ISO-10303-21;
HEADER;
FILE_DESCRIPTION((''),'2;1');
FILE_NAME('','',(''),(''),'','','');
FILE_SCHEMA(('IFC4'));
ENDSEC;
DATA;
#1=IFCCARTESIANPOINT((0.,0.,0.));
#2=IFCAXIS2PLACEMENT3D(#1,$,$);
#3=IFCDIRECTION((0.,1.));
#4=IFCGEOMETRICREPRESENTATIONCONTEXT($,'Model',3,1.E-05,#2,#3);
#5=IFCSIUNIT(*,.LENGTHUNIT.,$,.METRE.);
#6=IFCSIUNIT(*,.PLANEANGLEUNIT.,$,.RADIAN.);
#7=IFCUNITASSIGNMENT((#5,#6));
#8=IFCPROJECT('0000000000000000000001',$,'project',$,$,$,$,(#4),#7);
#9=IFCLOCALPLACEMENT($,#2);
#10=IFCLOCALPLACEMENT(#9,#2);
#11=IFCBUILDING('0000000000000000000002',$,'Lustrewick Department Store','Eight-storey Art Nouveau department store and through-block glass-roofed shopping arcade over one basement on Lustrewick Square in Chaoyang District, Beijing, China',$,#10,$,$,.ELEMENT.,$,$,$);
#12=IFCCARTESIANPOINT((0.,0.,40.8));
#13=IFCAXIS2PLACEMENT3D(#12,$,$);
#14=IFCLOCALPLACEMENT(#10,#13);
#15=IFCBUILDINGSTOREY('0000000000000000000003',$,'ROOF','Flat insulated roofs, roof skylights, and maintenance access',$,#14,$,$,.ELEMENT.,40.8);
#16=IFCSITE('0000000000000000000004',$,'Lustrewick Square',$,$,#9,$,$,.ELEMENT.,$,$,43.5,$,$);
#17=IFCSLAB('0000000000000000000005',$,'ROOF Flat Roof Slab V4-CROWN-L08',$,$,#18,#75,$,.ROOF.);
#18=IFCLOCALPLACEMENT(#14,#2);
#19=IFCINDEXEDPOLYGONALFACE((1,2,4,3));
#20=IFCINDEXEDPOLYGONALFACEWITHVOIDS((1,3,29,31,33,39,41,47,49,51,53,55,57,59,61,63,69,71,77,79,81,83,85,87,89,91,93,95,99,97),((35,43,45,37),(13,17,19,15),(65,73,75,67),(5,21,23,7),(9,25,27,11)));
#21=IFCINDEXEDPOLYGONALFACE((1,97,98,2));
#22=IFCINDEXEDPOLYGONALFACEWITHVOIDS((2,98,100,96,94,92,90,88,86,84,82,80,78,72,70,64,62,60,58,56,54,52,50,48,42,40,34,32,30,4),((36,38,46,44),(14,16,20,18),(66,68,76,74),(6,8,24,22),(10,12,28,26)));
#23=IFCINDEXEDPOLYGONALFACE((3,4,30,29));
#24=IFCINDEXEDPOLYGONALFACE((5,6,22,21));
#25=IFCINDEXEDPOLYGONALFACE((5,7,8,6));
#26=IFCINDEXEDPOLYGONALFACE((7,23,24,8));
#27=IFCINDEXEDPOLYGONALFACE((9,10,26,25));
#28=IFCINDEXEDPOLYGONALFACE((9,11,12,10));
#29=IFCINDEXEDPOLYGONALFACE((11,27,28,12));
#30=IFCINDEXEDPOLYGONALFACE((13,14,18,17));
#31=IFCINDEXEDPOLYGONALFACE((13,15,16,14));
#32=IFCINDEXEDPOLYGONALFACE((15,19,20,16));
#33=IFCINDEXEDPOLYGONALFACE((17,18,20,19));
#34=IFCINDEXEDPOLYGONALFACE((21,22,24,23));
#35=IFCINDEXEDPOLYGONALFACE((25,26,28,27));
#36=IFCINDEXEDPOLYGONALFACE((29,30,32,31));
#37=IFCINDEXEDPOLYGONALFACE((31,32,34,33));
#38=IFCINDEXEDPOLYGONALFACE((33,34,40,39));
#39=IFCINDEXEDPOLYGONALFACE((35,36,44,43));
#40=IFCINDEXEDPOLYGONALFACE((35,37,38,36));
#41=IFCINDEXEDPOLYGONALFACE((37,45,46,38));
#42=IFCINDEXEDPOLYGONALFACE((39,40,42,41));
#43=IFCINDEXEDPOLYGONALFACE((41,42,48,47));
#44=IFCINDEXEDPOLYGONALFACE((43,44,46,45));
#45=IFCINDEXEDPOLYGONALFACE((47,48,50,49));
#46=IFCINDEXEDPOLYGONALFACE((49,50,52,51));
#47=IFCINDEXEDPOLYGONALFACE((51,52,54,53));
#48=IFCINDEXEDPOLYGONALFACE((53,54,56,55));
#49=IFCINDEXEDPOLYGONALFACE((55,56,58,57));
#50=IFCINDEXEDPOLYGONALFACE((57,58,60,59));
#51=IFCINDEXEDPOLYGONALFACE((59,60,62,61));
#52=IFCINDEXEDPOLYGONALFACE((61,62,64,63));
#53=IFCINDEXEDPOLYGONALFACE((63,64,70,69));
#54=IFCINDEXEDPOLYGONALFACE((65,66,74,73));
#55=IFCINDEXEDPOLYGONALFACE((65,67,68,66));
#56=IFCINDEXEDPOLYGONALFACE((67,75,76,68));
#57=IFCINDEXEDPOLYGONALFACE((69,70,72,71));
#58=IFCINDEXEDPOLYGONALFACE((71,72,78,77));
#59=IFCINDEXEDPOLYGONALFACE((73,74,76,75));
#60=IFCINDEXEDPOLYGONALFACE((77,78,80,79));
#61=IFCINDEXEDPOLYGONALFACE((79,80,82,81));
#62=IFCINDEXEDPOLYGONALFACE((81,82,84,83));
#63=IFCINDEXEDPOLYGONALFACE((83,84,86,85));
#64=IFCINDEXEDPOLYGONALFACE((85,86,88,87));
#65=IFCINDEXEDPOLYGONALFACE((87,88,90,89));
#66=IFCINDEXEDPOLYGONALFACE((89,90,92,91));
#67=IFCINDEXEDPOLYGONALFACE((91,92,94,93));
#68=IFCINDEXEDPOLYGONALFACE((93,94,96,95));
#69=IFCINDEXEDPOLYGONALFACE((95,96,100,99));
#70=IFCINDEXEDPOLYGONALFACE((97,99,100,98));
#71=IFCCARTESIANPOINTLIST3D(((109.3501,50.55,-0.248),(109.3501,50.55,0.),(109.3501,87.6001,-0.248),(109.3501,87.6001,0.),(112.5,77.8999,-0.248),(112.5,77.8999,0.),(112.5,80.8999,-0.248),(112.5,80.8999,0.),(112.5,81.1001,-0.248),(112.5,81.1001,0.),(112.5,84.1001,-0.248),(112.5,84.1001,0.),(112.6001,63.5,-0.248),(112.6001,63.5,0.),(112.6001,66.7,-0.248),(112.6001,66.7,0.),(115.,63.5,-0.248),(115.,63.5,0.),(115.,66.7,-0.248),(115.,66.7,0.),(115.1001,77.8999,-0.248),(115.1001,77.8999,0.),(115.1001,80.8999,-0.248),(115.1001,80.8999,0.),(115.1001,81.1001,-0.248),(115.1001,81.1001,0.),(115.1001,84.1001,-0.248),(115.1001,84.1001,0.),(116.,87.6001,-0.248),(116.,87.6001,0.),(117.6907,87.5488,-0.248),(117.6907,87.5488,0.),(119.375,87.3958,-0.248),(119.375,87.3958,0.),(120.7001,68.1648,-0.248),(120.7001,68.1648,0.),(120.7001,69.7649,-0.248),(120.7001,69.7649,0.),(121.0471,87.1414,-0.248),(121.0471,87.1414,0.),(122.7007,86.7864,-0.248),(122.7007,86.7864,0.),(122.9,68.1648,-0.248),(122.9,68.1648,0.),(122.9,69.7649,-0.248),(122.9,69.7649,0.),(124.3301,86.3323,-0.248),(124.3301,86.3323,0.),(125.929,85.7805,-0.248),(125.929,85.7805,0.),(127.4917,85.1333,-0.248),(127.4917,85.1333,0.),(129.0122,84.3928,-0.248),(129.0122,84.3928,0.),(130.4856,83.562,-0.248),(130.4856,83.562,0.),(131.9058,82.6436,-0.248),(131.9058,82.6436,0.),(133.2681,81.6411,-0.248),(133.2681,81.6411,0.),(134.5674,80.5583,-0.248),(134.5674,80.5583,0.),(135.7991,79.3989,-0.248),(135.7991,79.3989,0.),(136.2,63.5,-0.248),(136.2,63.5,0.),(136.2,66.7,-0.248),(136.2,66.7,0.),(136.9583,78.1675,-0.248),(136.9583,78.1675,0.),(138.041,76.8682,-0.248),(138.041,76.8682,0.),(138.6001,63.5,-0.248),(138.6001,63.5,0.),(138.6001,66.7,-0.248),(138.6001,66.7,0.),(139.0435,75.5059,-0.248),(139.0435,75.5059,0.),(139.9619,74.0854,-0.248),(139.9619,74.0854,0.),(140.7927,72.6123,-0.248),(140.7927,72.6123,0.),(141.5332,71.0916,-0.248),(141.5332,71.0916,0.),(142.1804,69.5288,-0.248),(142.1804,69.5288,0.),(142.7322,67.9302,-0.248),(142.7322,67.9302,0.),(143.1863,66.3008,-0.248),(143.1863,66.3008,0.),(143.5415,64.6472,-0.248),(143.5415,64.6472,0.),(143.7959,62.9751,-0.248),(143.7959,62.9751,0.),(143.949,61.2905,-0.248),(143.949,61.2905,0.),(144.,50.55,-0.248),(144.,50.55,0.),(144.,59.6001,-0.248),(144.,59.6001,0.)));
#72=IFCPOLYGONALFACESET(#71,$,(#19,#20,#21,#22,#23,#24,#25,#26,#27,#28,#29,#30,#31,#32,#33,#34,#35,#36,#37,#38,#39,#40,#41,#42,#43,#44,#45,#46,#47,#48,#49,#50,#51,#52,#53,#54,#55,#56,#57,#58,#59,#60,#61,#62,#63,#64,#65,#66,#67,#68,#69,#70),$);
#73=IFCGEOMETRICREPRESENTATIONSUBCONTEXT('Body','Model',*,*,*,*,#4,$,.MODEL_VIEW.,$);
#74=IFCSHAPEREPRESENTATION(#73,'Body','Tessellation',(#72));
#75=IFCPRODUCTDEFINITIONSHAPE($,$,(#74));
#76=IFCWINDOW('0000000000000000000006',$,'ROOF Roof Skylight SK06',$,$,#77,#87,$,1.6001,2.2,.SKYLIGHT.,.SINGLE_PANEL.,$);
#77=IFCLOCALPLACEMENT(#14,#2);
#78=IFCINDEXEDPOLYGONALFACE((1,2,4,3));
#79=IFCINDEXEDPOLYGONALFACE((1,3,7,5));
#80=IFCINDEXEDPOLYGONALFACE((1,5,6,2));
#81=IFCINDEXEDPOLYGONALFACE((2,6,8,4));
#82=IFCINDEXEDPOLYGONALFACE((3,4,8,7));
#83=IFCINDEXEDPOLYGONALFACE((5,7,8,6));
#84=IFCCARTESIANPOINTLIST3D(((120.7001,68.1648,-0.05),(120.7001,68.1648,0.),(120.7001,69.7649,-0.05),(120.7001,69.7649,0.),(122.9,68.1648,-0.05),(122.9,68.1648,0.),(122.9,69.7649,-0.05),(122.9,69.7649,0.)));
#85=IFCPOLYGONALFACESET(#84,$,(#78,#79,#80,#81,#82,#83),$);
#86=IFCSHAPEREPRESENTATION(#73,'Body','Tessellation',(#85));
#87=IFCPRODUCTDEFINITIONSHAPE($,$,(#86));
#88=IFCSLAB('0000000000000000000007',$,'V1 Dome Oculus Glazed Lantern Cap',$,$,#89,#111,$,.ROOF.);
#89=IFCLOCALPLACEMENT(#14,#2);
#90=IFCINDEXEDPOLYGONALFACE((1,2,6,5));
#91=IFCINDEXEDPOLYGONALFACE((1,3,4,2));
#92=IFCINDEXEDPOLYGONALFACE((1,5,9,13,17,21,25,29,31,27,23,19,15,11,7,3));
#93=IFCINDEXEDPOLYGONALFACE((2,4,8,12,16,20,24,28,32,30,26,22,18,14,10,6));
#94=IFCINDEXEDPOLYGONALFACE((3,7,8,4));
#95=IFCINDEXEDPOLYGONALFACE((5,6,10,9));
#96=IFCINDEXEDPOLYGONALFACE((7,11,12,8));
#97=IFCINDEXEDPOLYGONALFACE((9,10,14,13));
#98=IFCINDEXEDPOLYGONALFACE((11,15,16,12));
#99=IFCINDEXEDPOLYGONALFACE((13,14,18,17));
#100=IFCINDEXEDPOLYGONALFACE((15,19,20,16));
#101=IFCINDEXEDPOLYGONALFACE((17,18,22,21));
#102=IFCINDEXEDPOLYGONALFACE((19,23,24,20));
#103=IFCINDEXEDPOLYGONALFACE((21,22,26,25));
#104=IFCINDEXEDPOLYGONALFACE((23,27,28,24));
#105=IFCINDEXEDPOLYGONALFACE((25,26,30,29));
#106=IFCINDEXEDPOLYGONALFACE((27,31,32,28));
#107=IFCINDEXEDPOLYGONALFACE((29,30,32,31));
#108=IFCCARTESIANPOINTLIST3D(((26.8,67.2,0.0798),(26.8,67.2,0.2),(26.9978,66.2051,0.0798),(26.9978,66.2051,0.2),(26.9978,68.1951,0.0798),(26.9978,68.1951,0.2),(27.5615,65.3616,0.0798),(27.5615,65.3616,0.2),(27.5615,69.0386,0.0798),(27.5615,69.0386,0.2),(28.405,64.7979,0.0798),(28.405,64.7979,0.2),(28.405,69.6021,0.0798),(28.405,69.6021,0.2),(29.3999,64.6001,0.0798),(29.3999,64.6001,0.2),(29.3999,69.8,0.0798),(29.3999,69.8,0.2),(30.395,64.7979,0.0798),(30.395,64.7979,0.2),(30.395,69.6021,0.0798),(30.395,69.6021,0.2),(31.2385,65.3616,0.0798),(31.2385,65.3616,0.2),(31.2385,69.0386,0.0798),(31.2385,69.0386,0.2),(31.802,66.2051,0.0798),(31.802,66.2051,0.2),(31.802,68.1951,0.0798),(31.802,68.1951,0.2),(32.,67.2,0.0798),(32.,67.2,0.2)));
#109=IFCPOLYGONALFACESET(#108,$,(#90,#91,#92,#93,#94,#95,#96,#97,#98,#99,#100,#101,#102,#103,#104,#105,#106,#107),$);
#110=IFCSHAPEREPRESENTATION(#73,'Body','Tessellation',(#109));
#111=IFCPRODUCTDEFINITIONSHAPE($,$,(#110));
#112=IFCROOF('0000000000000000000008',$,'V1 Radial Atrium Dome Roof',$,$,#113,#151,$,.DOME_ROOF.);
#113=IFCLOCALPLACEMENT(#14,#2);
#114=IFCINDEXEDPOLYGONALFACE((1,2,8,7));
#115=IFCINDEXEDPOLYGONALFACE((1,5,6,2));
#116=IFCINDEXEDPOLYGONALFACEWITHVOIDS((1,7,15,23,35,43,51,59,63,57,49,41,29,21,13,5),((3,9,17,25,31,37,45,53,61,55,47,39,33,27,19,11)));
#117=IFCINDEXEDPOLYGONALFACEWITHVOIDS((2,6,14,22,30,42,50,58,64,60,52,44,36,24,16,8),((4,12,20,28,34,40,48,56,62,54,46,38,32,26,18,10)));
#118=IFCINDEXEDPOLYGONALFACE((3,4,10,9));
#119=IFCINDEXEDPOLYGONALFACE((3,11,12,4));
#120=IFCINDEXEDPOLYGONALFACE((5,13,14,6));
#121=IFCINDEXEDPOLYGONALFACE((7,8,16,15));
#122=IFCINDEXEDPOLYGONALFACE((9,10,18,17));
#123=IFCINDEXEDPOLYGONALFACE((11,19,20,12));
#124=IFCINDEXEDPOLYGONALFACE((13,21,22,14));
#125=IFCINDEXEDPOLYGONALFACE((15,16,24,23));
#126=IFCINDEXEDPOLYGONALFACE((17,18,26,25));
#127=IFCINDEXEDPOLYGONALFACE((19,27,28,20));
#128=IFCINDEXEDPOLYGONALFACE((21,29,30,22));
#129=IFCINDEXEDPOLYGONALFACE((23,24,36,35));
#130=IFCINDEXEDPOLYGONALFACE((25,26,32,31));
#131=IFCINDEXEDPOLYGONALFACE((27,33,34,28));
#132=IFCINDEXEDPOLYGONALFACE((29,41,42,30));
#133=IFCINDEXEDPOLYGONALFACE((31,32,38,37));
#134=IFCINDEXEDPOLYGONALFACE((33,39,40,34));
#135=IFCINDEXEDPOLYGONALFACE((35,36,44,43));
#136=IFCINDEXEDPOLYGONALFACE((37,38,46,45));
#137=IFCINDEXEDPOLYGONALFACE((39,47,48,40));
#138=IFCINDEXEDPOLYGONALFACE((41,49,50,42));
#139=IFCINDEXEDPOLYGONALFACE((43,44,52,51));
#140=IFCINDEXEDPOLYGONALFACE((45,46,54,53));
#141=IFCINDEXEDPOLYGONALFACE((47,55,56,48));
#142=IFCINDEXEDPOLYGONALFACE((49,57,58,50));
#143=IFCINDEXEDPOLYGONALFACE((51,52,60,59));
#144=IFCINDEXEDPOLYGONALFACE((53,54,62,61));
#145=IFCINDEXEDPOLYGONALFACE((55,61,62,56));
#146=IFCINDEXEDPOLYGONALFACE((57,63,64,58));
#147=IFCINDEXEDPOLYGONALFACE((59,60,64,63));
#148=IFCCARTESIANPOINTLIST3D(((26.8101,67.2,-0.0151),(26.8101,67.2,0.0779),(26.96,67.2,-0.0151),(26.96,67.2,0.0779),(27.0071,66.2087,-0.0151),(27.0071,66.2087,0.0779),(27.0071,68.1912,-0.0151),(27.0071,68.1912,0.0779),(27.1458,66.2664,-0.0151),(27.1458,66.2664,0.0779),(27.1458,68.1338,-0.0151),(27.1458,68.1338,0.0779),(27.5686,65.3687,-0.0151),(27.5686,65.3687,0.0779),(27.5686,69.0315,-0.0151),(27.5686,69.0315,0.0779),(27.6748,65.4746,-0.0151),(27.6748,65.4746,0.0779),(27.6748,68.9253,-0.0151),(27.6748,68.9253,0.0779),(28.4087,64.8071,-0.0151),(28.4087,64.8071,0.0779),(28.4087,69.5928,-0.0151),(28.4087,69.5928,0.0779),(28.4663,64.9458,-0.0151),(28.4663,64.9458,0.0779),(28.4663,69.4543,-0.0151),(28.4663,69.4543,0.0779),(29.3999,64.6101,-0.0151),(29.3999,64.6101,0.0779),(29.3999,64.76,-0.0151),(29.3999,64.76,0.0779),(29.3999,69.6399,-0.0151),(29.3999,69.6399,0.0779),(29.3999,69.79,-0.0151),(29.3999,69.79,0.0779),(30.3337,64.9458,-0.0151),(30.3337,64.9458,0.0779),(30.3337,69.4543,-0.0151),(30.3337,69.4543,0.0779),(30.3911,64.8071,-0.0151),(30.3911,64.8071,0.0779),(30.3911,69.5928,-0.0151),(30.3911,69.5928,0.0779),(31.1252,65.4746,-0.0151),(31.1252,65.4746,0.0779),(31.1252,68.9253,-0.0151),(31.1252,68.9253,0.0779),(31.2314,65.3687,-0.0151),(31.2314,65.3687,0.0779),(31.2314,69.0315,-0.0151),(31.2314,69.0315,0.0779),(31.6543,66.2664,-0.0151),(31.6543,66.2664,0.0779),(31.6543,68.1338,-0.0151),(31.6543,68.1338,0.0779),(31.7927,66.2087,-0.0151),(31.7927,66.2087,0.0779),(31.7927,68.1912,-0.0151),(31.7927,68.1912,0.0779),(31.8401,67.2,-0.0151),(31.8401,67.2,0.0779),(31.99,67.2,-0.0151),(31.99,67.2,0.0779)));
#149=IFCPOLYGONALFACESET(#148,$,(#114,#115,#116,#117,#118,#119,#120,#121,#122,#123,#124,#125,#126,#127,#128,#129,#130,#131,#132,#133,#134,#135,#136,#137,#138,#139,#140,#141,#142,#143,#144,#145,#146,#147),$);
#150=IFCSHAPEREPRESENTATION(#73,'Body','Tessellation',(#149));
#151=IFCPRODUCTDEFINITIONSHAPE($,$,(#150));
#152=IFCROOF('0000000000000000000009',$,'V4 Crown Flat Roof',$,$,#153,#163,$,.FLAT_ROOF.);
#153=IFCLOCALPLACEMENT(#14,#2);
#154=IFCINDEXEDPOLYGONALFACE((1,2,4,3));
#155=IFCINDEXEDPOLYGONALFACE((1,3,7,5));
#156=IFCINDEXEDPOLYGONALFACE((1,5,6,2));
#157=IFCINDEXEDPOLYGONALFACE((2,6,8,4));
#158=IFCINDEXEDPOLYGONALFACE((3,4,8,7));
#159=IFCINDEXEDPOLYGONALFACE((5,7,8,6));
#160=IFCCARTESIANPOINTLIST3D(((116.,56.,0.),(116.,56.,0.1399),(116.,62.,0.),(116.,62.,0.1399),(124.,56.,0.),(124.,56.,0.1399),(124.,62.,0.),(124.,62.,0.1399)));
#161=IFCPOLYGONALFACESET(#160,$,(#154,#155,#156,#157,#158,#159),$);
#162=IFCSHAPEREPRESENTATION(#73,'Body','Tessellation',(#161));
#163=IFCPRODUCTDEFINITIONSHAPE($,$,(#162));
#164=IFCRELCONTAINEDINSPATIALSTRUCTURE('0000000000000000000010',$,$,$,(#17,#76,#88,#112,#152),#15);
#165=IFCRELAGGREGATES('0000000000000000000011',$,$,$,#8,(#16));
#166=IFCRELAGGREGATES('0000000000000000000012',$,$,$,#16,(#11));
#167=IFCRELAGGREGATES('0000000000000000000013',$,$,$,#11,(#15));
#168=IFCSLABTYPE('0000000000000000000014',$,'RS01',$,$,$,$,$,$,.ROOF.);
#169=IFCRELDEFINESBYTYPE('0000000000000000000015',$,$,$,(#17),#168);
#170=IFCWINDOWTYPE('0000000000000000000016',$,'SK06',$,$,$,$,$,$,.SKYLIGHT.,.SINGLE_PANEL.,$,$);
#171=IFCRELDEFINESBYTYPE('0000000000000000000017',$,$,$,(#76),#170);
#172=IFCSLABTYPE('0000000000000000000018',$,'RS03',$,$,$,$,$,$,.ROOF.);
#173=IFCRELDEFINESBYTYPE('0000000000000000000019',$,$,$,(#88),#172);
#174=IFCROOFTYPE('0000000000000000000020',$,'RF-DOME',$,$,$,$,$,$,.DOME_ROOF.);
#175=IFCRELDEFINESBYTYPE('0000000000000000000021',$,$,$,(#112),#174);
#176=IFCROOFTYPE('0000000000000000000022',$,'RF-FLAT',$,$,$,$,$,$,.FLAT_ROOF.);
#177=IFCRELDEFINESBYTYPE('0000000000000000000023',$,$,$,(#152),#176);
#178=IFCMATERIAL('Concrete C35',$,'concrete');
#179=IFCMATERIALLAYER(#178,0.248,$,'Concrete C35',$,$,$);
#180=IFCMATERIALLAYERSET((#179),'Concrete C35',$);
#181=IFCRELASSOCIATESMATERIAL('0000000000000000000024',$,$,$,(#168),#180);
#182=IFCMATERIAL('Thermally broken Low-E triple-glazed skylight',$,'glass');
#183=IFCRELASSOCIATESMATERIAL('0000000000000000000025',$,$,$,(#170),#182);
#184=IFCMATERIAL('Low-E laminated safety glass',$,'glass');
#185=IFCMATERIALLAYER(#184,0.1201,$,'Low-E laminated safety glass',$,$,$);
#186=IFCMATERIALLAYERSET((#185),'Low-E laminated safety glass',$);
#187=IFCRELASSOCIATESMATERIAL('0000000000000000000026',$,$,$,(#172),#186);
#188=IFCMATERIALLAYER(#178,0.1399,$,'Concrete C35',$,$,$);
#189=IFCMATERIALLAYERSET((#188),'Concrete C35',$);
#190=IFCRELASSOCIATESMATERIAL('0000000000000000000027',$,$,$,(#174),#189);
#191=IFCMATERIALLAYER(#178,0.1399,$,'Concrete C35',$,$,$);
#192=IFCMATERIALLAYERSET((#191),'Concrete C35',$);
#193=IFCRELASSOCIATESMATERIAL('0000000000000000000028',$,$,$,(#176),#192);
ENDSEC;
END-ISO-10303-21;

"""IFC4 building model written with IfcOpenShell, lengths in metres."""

from ifc_helpers import new_model, si_unit, direction, frame, origin, origin_2d, place, context, subcontext, project, spatial, polyline, rectangle, outline, extrude, material, layer, layer_set, type_object, element, fill, save


model = new_model("IFC4")

# Units and contexts
model_context = context("Model", 3, precision=1e-05, world=origin(), true_north=direction((0.0, 1.0)))
body_context = subcontext(model_context, "Body", "Model", "MODEL_VIEW")
ifc_project = project(units=[si_unit("LENGTHUNIT", "METRE"), si_unit("PLANEANGLEUNIT", "RADIAN")], contexts=[model_context])

# Site, building, storey
site_placement = place(None, origin())
site = spatial("IfcSite", under=ifc_project, at=site_placement, Name="Lustrewick Square", CompositionType="ELEMENT", RefElevation=43.5)
building_placement = place(site_placement, origin())
building = spatial("IfcBuilding", under=site, at=building_placement, Name="Lustrewick Department Store", Description="Eight-storey Art Nouveau department store and through-block glass-roofed shopping arcade over one basement on Lustrewick Square in Chaoyang District, Beijing, China", CompositionType="ELEMENT")
storey_placement = place(building_placement, frame((0.0, 0.0, 40.8)))
storey = spatial("IfcBuildingStorey", under=building, at=storey_placement, Name="ROOF", Description="Flat insulated roofs, roof skylights, and maintenance access", CompositionType="ELEMENT", Elevation=40.8)

# Slab, opening, window
ifc_material_1 = material(Name="Concrete C35", Category="concrete")
ifc_layer_1 = layer(ifc_material_1, 0.248, Name="Concrete C35")
ifc_layer_set_1 = layer_set([ifc_layer_1], Name="Concrete C35")
slab_type_1 = type_object("IfcSlabType", Name="RS01", PredefinedType="ROOF", material=ifc_layer_set_1)
slab_1_placement = place(storey_placement, frame((0.0, 0.0, -0.248)))
slab_1 = element("IfcSlab", 1, at=slab_1_placement, inside=storey, type_object=slab_type_1, Name="ROOF Flat Roof Slab V4-CROWN-L08", PredefinedType="ROOF", context=body_context, shape_type="SweptSolid", body=[
    extrude(outline(polyline([(109.3501, 50.55), (144.0, 50.55), (144.0, 59.6001), (143.949, 61.2905), (143.7959, 62.9751), (143.5415, 64.6472), (143.1863, 66.3008), (142.7322, 67.9302), (142.1804, 69.5288), (141.5332, 71.0916), (140.7927, 72.6123), (139.9619, 74.0854), (139.0435, 75.5059), (138.041, 76.8682), (136.9583, 78.1675), (135.7991, 79.3989), (134.5674, 80.5583), (133.2681, 81.6411), (131.9058, 82.6436), (130.4856, 83.562), (129.0122, 84.3928), (127.4917, 85.1333), (125.929, 85.7805), (124.3301, 86.3323), (122.7007, 86.7864), (121.0471, 87.1414), (119.375, 87.3958), (117.6907, 87.5488), (116.0, 87.6001), (109.3501, 87.6001), (109.3501, 50.55)]), holes=[polyline([(112.6001, 66.7), (115.0, 66.7), (115.0, 63.5), (112.6001, 63.5), (112.6001, 66.7)]), polyline([(136.2, 66.7), (138.6001, 66.7), (138.6001, 63.5), (136.2, 63.5), (136.2, 66.7)]), polyline([(112.5, 80.8999), (115.1001, 80.8999), (115.1001, 77.8999), (112.5, 77.8999), (112.5, 80.8999)]), polyline([(112.5, 84.1001), (115.1001, 84.1001), (115.1001, 81.1001), (112.5, 81.1001), (112.5, 84.1001)])]), origin(), (0.0, 0.0, 1.0), 0.248),
])
opening_placement = place(slab_1_placement, frame((121.8, 68.9648, -0.01)))
opening = element("IfcOpeningElement", 2, at=opening_placement, cuts=slab_1, PredefinedType="OPENING", context=body_context, shape_type="SweptSolid", body=[
    extrude(rectangle(XDim=2.2, YDim=1.6001, at=origin_2d()), origin(), (0.0, 0.0, 1.0), 0.2681),
])
ifc_material_2 = material(Name="Thermally broken Low-E triple-glazed skylight", Category="glass")
window_type = type_object("IfcWindowType", Name="SK06", PartitioningType="SINGLE_PANEL", PredefinedType="SKYLIGHT", material=ifc_material_2)
window_placement = place(opening_placement, frame((0.0, 0.0, 0.208)))
window = element("IfcWindow", 3, at=window_placement, inside=storey, type_object=window_type, Name="ROOF Roof Skylight SK06", OverallHeight=1.6001, OverallWidth=2.2, PartitioningType="SINGLE_PANEL", PredefinedType="SKYLIGHT", context=body_context, shape_type="SweptSolid", body=[
    extrude(rectangle(XDim=2.2, YDim=1.6001, at=origin_2d()), origin(), (0.0, 0.0, 1.0), 0.05),
])
fill(opening, window)

# Slab
ifc_material_3 = material(Name="Low-E laminated safety glass", Category="glass")
ifc_layer_2 = layer(ifc_material_3, 0.1201, Name="Low-E laminated safety glass")
ifc_layer_set_2 = layer_set([ifc_layer_2], Name="Low-E laminated safety glass")
slab_type_2 = type_object("IfcSlabType", Name="RS03", PredefinedType="ROOF", material=ifc_layer_set_2)
slab_2_placement = place(storey_placement, frame((0.0, 0.0, 0.0798)))
element("IfcSlab", 4, at=slab_2_placement, inside=storey, type_object=slab_type_2, Name="V1 Dome Oculus Glazed Lantern Cap", PredefinedType="ROOF", context=body_context, shape_type="SweptSolid", body=[
    extrude(outline(polyline([(32.0, 67.2), (31.802, 68.1951), (31.2385, 69.0386), (30.395, 69.6021), (29.3999, 69.8), (28.405, 69.6021), (27.5615, 69.0386), (26.9978, 68.1951), (26.8, 67.2), (26.9978, 66.2051), (27.5615, 65.3616), (28.405, 64.7979), (29.3999, 64.6001), (30.395, 64.7979), (31.2385, 65.3616), (31.802, 66.2051), (32.0, 67.2)])), origin(), (0.0, 0.0, 1.0), 0.1201),
])

# Roofs
ifc_layer_3 = layer(ifc_material_1, 0.1399, Name="Concrete C35")
ifc_layer_set_3 = layer_set([ifc_layer_3], Name="Concrete C35")
roof_type_1 = type_object("IfcRoofType", Name="RF-DOME", PredefinedType="DOME_ROOF", material=ifc_layer_set_3)
roof_1_placement = place(storey_placement, frame((0.0, 0.0, -0.0151)))
element("IfcRoof", 5, at=roof_1_placement, inside=storey, type_object=roof_type_1, Name="V1 Radial Atrium Dome Roof", PredefinedType="DOME_ROOF", context=body_context, shape_type="SweptSolid", body=[
    extrude(outline(polyline([(31.99, 67.2), (31.7927, 68.1912), (31.2314, 69.0315), (30.3911, 69.5928), (29.3999, 69.79), (28.4087, 69.5928), (27.5686, 69.0315), (27.0071, 68.1912), (26.8101, 67.2), (27.0071, 66.2087), (27.5686, 65.3687), (28.4087, 64.8071), (29.3999, 64.6101), (30.3911, 64.8071), (31.2314, 65.3687), (31.7927, 66.2087), (31.99, 67.2)]), holes=[polyline([(31.6543, 66.2664), (31.1252, 65.4746), (30.3337, 64.9458), (29.3999, 64.76), (28.4663, 64.9458), (27.6748, 65.4746), (27.1458, 66.2664), (26.96, 67.2), (27.1458, 68.1338), (27.6748, 68.9253), (28.4663, 69.4543), (29.3999, 69.6399), (30.3337, 69.4543), (31.1252, 68.9253), (31.6543, 68.1338), (31.8401, 67.2), (31.6543, 66.2664)])]), origin(), (0.0, 0.0, 1.0), 0.093),
])
ifc_layer_4 = layer(ifc_material_1, 0.1399, Name="Concrete C35")
ifc_layer_set_4 = layer_set([ifc_layer_4], Name="Concrete C35")
roof_type_2 = type_object("IfcRoofType", Name="RF-FLAT", PredefinedType="FLAT_ROOF", material=ifc_layer_set_4)
roof_2_placement = place(storey_placement, origin())
element("IfcRoof", 6, at=roof_2_placement, inside=storey, type_object=roof_type_2, Name="V4 Crown Flat Roof", PredefinedType="FLAT_ROOF", context=body_context, shape_type="SweptSolid", body=[
    extrude(outline(polyline([(124.0, 56.0), (124.0, 62.0), (116.0, 62.0), (116.0, 56.0), (124.0, 56.0)])), origin(), (0.0, 0.0, 1.0), 0.1399),
])

save(model, "model.ifc")
